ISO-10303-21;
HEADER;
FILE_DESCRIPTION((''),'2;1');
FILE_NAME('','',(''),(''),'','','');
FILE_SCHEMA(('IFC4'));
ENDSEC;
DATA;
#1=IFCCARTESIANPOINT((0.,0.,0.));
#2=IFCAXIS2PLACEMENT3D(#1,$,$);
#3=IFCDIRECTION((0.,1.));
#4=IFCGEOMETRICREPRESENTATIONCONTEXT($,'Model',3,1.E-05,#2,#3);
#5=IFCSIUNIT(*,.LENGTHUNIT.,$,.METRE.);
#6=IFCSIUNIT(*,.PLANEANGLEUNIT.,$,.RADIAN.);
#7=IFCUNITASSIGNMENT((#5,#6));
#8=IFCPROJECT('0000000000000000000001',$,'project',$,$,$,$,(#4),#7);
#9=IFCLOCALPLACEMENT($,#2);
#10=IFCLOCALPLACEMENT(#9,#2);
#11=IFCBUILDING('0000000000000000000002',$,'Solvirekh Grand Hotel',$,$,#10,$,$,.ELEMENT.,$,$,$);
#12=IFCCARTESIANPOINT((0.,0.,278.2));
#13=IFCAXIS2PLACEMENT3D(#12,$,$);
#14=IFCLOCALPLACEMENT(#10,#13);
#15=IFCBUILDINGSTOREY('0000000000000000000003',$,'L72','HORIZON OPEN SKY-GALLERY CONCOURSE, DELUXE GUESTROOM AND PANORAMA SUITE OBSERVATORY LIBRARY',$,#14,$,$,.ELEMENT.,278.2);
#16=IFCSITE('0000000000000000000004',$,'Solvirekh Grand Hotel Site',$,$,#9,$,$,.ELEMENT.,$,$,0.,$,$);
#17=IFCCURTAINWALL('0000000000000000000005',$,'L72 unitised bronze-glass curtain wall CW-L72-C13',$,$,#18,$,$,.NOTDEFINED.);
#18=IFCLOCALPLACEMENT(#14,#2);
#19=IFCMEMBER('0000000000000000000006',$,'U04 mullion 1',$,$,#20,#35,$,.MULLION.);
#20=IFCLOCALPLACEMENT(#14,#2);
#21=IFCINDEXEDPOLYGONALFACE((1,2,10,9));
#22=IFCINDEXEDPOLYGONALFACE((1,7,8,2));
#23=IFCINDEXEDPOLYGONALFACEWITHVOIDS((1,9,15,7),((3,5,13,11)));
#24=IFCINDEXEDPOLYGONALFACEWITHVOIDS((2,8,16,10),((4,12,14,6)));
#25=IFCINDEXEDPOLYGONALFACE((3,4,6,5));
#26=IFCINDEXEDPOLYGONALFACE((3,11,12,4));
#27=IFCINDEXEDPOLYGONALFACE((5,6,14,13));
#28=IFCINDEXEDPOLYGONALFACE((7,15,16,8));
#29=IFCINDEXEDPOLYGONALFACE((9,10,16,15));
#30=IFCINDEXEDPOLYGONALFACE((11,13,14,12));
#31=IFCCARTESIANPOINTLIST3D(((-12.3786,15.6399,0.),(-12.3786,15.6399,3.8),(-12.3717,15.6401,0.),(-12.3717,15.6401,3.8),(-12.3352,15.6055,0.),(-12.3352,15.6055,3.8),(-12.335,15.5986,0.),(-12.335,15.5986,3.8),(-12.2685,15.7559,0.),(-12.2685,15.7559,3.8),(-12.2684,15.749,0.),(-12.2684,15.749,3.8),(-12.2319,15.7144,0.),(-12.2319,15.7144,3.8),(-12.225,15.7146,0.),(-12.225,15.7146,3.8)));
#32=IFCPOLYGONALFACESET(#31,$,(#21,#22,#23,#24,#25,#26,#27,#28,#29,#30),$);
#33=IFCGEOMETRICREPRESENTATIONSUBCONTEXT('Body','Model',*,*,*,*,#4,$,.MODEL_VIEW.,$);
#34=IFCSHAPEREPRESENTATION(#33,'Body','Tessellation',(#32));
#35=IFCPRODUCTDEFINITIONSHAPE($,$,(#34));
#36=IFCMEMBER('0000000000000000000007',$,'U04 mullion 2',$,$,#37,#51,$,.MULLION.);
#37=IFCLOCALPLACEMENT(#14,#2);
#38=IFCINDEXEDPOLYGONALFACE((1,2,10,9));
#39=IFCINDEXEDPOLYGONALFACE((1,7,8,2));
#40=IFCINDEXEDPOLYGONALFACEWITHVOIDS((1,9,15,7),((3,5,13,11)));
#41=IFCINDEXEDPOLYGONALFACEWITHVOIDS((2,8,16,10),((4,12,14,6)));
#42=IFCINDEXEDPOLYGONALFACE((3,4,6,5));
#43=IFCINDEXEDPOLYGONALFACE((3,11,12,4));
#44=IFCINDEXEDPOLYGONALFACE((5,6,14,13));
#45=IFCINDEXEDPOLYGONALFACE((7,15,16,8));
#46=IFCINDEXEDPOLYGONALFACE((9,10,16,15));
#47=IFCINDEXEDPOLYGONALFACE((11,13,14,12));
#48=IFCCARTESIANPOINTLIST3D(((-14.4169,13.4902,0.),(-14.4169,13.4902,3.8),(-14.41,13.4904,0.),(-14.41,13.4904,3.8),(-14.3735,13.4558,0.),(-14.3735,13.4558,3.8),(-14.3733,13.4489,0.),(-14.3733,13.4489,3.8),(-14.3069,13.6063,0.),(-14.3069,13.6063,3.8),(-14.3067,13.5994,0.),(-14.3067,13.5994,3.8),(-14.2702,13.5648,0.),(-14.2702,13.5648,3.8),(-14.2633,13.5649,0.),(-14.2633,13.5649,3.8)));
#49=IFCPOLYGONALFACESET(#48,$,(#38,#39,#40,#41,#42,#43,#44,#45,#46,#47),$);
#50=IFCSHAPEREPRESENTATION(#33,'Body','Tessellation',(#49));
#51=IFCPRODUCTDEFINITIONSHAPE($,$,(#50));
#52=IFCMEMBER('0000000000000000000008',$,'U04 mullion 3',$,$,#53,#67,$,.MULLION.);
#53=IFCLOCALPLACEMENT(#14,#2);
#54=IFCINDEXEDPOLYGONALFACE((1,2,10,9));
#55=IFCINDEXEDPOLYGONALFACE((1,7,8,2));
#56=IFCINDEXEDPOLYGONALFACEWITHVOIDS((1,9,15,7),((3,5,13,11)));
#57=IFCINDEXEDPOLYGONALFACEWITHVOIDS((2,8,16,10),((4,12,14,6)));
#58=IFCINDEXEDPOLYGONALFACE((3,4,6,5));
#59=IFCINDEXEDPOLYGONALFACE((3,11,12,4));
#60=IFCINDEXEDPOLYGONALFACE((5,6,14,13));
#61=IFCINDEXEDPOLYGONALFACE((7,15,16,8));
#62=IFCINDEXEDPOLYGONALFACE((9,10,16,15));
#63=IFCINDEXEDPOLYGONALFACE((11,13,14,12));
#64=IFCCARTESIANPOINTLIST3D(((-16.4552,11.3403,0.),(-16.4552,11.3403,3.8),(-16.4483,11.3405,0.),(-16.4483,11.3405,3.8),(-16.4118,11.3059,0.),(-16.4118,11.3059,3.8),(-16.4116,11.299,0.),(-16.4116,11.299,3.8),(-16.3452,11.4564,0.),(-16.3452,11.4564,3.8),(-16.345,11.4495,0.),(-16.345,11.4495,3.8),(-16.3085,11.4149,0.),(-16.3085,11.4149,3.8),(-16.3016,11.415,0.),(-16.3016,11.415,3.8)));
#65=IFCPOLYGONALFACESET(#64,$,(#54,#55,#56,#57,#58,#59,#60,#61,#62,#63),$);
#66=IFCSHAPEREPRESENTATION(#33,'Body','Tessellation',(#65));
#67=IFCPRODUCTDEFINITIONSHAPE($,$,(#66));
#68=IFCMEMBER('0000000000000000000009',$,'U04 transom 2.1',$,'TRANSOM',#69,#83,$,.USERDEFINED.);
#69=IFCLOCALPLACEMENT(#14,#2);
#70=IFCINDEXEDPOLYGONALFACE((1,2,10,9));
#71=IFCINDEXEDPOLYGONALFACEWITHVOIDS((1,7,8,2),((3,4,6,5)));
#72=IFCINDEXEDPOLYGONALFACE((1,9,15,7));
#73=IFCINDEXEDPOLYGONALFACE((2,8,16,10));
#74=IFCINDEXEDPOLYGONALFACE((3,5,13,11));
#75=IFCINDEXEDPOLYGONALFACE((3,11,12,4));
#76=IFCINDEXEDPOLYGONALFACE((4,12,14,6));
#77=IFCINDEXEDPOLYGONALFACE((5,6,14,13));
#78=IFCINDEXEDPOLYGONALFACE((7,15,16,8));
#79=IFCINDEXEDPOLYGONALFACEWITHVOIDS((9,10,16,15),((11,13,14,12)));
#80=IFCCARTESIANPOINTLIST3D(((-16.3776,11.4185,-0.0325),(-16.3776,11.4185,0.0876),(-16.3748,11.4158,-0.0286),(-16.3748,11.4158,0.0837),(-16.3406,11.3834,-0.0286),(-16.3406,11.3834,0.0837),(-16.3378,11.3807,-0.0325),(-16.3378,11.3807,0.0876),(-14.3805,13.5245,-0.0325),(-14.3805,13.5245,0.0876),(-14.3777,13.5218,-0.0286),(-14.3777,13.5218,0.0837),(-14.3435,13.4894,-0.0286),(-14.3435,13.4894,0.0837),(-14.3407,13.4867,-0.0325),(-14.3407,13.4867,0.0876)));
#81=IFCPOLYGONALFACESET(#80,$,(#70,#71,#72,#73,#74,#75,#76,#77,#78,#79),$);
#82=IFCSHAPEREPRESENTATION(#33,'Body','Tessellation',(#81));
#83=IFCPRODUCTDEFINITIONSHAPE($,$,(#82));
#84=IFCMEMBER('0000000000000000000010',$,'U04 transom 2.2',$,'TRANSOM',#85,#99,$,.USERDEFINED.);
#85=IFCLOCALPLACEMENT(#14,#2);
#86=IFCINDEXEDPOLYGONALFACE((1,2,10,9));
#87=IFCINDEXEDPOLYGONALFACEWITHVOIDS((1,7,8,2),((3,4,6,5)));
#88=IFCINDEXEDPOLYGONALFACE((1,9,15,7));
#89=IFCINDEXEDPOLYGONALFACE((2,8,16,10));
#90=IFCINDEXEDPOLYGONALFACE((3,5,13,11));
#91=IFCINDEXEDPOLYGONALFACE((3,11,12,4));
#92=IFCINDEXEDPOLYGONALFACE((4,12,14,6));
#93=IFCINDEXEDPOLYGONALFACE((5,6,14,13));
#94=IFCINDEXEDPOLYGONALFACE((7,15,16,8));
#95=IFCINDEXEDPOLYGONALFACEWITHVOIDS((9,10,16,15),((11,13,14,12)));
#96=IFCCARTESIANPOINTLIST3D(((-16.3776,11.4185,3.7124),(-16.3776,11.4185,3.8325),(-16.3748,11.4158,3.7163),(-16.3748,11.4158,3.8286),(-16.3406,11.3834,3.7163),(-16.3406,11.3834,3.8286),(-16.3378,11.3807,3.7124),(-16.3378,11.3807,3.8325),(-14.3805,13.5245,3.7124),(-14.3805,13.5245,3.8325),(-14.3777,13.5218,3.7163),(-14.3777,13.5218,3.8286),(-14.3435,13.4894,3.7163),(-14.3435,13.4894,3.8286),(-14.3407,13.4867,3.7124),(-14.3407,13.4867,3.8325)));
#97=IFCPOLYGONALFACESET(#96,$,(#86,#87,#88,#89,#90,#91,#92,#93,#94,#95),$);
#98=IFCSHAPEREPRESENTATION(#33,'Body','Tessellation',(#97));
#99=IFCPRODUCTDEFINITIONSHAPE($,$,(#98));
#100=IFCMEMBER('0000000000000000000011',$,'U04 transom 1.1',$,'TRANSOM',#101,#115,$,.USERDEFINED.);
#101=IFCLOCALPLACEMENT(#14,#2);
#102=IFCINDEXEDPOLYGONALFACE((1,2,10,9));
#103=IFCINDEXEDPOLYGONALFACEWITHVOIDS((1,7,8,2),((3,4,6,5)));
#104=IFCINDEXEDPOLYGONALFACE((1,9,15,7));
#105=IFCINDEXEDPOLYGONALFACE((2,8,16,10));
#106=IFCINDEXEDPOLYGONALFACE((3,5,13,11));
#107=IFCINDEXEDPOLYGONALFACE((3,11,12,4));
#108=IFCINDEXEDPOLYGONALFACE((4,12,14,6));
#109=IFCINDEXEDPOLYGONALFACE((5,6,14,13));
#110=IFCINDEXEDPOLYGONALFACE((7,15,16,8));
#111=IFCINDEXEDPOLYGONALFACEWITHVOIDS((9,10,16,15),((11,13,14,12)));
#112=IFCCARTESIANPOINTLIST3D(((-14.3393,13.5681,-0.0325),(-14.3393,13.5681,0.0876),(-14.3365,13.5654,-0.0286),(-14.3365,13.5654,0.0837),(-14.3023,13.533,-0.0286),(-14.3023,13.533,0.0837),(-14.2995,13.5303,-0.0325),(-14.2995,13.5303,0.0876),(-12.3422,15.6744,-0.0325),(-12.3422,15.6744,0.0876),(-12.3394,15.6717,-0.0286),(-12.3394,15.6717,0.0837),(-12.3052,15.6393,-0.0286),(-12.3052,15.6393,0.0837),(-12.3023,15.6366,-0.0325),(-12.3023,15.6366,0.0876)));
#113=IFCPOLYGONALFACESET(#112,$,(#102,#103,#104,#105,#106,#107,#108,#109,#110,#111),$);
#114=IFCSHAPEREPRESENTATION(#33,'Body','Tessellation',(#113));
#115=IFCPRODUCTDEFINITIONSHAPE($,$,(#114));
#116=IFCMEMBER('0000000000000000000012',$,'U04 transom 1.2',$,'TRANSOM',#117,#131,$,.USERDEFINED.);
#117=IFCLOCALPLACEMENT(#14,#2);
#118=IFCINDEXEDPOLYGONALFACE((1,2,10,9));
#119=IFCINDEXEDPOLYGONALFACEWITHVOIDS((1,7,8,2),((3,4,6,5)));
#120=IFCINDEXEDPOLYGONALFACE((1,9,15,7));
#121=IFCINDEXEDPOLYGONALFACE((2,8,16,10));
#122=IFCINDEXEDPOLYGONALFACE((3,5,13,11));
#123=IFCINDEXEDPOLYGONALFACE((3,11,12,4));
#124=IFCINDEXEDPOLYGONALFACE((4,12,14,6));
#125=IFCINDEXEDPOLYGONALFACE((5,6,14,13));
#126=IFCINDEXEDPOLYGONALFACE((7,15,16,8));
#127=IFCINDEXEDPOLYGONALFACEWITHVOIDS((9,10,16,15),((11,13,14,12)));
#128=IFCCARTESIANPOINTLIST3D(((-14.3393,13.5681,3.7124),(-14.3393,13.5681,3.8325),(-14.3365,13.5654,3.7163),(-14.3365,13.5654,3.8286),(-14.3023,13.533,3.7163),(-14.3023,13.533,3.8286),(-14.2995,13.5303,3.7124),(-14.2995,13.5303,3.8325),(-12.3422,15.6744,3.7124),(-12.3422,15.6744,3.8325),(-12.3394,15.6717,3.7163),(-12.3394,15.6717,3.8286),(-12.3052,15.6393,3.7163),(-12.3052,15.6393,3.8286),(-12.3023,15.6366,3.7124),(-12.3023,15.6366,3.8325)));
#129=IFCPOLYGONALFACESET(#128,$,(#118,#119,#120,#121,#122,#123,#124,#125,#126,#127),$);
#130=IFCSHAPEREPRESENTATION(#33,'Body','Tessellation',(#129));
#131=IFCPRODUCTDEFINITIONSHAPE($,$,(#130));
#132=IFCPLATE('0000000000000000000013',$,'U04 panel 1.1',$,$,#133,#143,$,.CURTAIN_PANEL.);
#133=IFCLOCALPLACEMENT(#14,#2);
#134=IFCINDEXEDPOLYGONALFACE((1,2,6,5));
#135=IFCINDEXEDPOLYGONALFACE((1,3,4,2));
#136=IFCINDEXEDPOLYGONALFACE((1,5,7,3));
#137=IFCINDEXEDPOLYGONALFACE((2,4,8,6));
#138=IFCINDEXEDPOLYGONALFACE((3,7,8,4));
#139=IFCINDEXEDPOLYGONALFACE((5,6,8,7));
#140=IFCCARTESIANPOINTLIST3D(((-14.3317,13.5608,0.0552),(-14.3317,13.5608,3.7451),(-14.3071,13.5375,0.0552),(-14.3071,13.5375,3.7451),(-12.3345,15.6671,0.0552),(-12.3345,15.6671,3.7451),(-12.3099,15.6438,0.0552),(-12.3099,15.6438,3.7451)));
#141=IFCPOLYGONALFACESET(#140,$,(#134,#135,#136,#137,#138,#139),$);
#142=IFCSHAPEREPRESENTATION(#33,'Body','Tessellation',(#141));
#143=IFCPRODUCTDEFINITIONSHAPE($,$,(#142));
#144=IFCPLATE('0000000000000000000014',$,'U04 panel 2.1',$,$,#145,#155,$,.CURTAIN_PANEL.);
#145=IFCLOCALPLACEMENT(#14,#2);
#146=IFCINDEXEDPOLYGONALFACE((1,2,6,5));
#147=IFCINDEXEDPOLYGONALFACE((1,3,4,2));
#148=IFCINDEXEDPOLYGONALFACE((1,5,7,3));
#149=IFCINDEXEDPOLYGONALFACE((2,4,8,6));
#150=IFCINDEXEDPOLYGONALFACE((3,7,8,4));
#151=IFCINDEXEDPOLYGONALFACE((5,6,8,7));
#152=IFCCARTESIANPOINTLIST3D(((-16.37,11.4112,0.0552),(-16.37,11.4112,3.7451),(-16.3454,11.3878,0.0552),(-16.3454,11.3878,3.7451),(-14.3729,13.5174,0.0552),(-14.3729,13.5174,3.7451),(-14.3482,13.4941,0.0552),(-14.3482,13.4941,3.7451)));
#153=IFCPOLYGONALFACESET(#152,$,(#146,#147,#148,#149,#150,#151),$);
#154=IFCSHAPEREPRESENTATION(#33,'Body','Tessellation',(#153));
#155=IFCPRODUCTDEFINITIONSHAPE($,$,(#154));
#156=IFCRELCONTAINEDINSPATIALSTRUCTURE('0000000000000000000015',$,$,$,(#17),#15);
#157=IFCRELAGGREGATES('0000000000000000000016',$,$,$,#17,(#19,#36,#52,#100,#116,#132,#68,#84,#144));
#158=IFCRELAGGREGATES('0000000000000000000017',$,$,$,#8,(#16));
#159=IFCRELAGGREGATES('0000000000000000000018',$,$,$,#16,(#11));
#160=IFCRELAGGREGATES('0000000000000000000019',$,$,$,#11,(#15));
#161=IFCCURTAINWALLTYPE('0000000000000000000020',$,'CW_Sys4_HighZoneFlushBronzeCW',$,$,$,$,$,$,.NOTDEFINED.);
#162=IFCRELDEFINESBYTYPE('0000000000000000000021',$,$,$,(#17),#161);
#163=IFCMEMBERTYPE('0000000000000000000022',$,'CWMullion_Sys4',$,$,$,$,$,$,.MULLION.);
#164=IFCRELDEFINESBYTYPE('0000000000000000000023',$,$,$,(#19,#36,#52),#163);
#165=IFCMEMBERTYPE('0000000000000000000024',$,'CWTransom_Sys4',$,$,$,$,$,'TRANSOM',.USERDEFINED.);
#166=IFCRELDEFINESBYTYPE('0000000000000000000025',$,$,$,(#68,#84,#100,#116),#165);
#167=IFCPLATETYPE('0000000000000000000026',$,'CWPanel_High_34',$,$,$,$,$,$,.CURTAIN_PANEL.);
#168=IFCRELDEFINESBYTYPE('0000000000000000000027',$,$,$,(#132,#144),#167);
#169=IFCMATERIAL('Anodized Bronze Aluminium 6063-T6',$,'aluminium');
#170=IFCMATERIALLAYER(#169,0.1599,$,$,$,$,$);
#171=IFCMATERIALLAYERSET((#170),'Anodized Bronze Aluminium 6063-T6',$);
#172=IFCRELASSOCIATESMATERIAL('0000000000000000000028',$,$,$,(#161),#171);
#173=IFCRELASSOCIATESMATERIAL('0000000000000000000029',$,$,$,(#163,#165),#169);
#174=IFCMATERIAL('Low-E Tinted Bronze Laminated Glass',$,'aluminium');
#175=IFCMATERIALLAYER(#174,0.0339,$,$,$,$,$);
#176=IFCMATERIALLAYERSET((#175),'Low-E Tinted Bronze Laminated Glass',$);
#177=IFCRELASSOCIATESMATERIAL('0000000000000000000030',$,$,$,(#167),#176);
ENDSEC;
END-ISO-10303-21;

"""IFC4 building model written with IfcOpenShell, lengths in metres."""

from ifc_helpers import new_model, si_unit, direction, frame, origin, origin_2d, place, context, subcontext, project, spatial, rectangle, hollow_rectangle, extrude, source, transform, mapped, material, layer, layer_set, material_profile, profile_set, type_object, element, aggregate, save


model = new_model("IFC4")

# Units and contexts
model_context = context("Model", 3, precision=1e-05, world=origin(), true_north=direction((0.0, 1.0)))
body_context = subcontext(model_context, "Body", "Model", "MODEL_VIEW")
ifc_project = project(units=[si_unit("LENGTHUNIT", "METRE"), si_unit("PLANEANGLEUNIT", "RADIAN")], contexts=[model_context])

# Site, building, storey
site_placement = place(None, origin())
site = spatial("IfcSite", under=ifc_project, at=site_placement, Name="Solvirekh Grand Hotel Site", CompositionType="ELEMENT", RefElevation=0.0)
building_placement = place(site_placement, origin())
building = spatial("IfcBuilding", under=site, at=building_placement, Name="Solvirekh Grand Hotel", CompositionType="ELEMENT")
storey_placement = place(building_placement, frame((0.0, 0.0, 278.2)))
storey = spatial("IfcBuildingStorey", under=building, at=storey_placement, Name="L72", Description="HORIZON OPEN SKY-GALLERY CONCOURSE, DELUXE GUESTROOM AND PANORAMA SUITE OBSERVATORY LIBRARY", CompositionType="ELEMENT", Elevation=278.2)

# Curtain wall, members, plates
ifc_material_1 = material(Name="Anodized Bronze Aluminium 6063-T6", Category="aluminium")
ifc_layer_1 = layer(ifc_material_1, 0.1599)
ifc_layer_set_1 = layer_set([ifc_layer_1], Name="Anodized Bronze Aluminium 6063-T6")
curtain_wall_type = type_object("IfcCurtainWallType", Name="CW_Sys4_HighZoneFlushBronzeCW", PredefinedType="NOTDEFINED", material=ifc_layer_set_1)
curtain_wall_placement = place(storey_placement, origin())
curtain_wall = element("IfcCurtainWall", 1, at=curtain_wall_placement, inside=storey, type_object=curtain_wall_type, Name="L72 unitised bronze-glass curtain wall CW-L72-C13", PredefinedType="NOTDEFINED")
ifc_material_profile_1 = material_profile(ifc_material_1, hollow_rectangle(XDim=0.0601, YDim=0.1599, WallThickness=0.0049, at=origin_2d()), Name="ALU RHS 160X60X5")
ifc_profile_set_1 = profile_set([ifc_material_profile_1], Name="Anodized Bronze Aluminium 6063-T6")
member_type_1 = type_object("IfcMemberType", Name="CWMullion_Sys4", PredefinedType="MULLION", material=ifc_profile_set_1)
shared_shape_1 = source(origin(), body_context, "Body", "SweptSolid", [
    extrude(hollow_rectangle(XDim=0.0601, YDim=0.1599, WallThickness=0.0049, at=origin_2d()), origin(), (0.0, 0.0, 1.0), 3.8),
])
member_1_placement = place(storey_placement, frame((-12.3018, 15.6772, 0.0), z_axis=(0.0, 0.0, 1.0), x_axis=(0.725654, -0.68806, 0.0)))
member_1 = element("IfcMember", 2, at=member_1_placement, type_object=member_type_1, Name="U04 mullion 1", PredefinedType="MULLION", context=body_context, shape_type="MappedRepresentation", body=[
    mapped(shared_shape_1, transform((0.0, 0.0, 0.0), x_axis=(1.0, 0.0, 0.0), y_axis=(0.0, 1.0, 0.0), z_axis=(0.0, 0.0, 1.0), scale=1.0)),
])
member_2_placement = place(storey_placement, frame((-14.3401, 13.5276, 0.0), z_axis=(0.0, 0.0, 1.0), x_axis=(0.725654, -0.68806, 0.0)))
member_2 = element("IfcMember", 3, at=member_2_placement, type_object=member_type_1, Name="U04 mullion 2", PredefinedType="MULLION", context=body_context, shape_type="MappedRepresentation", body=[
    mapped(shared_shape_1, transform((0.0, 0.0, 0.0), x_axis=(1.0, 0.0, 0.0), y_axis=(0.0, 1.0, 0.0), z_axis=(0.0, 0.0, 1.0), scale=1.0)),
])
member_3_placement = place(storey_placement, frame((-16.3784, 11.3777, 0.0), z_axis=(0.0, 0.0, 1.0), x_axis=(0.725654, -0.68806, 0.0)))
member_3 = element("IfcMember", 4, at=member_3_placement, type_object=member_type_1, Name="U04 mullion 3", PredefinedType="MULLION", context=body_context, shape_type="MappedRepresentation", body=[
    mapped(shared_shape_1, transform((0.0, 0.0, 0.0), x_axis=(1.0, 0.0, 0.0), y_axis=(0.0, 1.0, 0.0), z_axis=(0.0, 0.0, 1.0), scale=1.0)),
])
ifc_material_profile_2 = material_profile(ifc_material_1, hollow_rectangle(XDim=0.0549, YDim=0.1201, WallThickness=0.0039, at=origin_2d()), Name="ALU RHS 120X55X4")
ifc_profile_set_2 = profile_set([ifc_material_profile_2], Name="Anodized Bronze Aluminium 6063-T6")
member_type_2 = type_object("IfcMemberType", Name="CWTransom_Sys4", ElementType="TRANSOM", PredefinedType="USERDEFINED", material=ifc_profile_set_2)
shared_shape_2 = source(origin(), body_context, "Body", "SweptSolid", [
    extrude(hollow_rectangle(XDim=0.0549, YDim=0.1201, WallThickness=0.0039, at=origin_2d()), origin(), (0.0, 0.0, 1.0), 2.9023),
])
member_4_placement = place(storey_placement, frame((-14.3606, 13.5056, 0.0276), z_axis=(-0.688099, -0.725617, 0.0), x_axis=(0.725617, -0.688099, 0.0)))
member_4 = element("IfcMember", 5, at=member_4_placement, type_object=member_type_2, Name="U04 transom 2.1", ObjectType="TRANSOM", PredefinedType="USERDEFINED", context=body_context, shape_type="MappedRepresentation", body=[
    mapped(shared_shape_2, transform((0.0, 0.0, 0.0), x_axis=(1.0, 0.0, 0.0), y_axis=(0.0, 1.0, 0.0), z_axis=(0.0, 0.0, 1.0), scale=1.0)),
])
member_5_placement = place(storey_placement, frame((-14.3606, 13.5056, 3.7725), z_axis=(-0.688099, -0.725617, 0.0), x_axis=(0.725617, -0.688099, 0.0)))
member_5 = element("IfcMember", 6, at=member_5_placement, type_object=member_type_2, Name="U04 transom 2.2", ObjectType="TRANSOM", PredefinedType="USERDEFINED", context=body_context, shape_type="MappedRepresentation", body=[
    mapped(shared_shape_2, transform((0.0, 0.0, 0.0), x_axis=(1.0, 0.0, 0.0), y_axis=(0.0, 1.0, 0.0), z_axis=(0.0, 0.0, 1.0), scale=1.0)),
])
shared_shape_3 = source(origin(), body_context, "Body", "SweptSolid", [
    extrude(hollow_rectangle(XDim=0.0549, YDim=0.1201, WallThickness=0.0039, at=origin_2d()), origin(), (0.0, 0.0, 1.0), 2.9026),
])
member_6_placement = place(storey_placement, frame((-12.3223, 15.6555, 0.0276), z_axis=(-0.688057, -0.725656, 0.0), x_axis=(0.725656, -0.688057, 0.0)))
member_6 = element("IfcMember", 7, at=member_6_placement, type_object=member_type_2, Name="U04 transom 1.1", ObjectType="TRANSOM", PredefinedType="USERDEFINED", context=body_context, shape_type="MappedRepresentation", body=[
    mapped(shared_shape_3, transform((0.0, 0.0, 0.0), x_axis=(1.0, 0.0, 0.0), y_axis=(0.0, 1.0, 0.0), z_axis=(0.0, 0.0, 1.0), scale=1.0)),
])
member_7_placement = place(storey_placement, frame((-12.3223, 15.6555, 3.7725), z_axis=(-0.688057, -0.725656, 0.0), x_axis=(0.725656, -0.688057, 0.0)))
member_7 = element("IfcMember", 8, at=member_7_placement, type_object=member_type_2, Name="U04 transom 1.2", ObjectType="TRANSOM", PredefinedType="USERDEFINED", context=body_context, shape_type="MappedRepresentation", body=[
    mapped(shared_shape_3, transform((0.0, 0.0, 0.0), x_axis=(1.0, 0.0, 0.0), y_axis=(0.0, 1.0, 0.0), z_axis=(0.0, 0.0, 1.0), scale=1.0)),
])
ifc_material_2 = material(Name="Low-E Tinted Bronze Laminated Glass", Category="aluminium")
ifc_layer_2 = layer(ifc_material_2, 0.0339)
ifc_layer_set_2 = layer_set([ifc_layer_2], Name="Low-E Tinted Bronze Laminated Glass")
plate_type = type_object("IfcPlateType", Name="CWPanel_High_34", PredefinedType="CURTAIN_PANEL", material=ifc_layer_set_2)
shared_shape_4 = source(origin(), body_context, "Body", "SweptSolid", [
    extrude(rectangle(XDim=2.9026, YDim=0.0339, at=origin_2d()), origin(), (0.0, 0.0, 1.0), 3.6899),
])
plate_1_placement = place(storey_placement, frame((-13.3208, 14.6023, 0.0552), z_axis=(0.0, 0.0, 1.0), x_axis=(-0.68806, -0.725654, 0.0)))
plate_1 = element("IfcPlate", 9, at=plate_1_placement, type_object=plate_type, Name="U04 panel 1.1", PredefinedType="CURTAIN_PANEL", context=body_context, shape_type="MappedRepresentation", body=[
    mapped(shared_shape_4, transform((0.0, 0.0, 0.0), x_axis=(1.0, 0.0, 0.0), y_axis=(0.0, 1.0, 0.0), z_axis=(0.0, 0.0, 1.0), scale=1.0)),
])
plate_2_placement = place(storey_placement, frame((-15.3591, 12.4526, 0.0552), z_axis=(0.0, 0.0, 1.0), x_axis=(-0.68806, -0.725654, 0.0)))
plate_2 = element("IfcPlate", 10, at=plate_2_placement, type_object=plate_type, Name="U04 panel 2.1", PredefinedType="CURTAIN_PANEL", context=body_context, shape_type="MappedRepresentation", body=[
    mapped(shared_shape_4, transform((0.0, 0.0, 0.0), x_axis=(1.0, 0.0, 0.0), y_axis=(0.0, 1.0, 0.0), z_axis=(0.0, 0.0, 1.0), scale=1.0)),
])
aggregate(curtain_wall, [member_1, member_2, member_3, member_6, member_7, plate_1, member_4, member_5, plate_2])

save(model, "model.ifc")
